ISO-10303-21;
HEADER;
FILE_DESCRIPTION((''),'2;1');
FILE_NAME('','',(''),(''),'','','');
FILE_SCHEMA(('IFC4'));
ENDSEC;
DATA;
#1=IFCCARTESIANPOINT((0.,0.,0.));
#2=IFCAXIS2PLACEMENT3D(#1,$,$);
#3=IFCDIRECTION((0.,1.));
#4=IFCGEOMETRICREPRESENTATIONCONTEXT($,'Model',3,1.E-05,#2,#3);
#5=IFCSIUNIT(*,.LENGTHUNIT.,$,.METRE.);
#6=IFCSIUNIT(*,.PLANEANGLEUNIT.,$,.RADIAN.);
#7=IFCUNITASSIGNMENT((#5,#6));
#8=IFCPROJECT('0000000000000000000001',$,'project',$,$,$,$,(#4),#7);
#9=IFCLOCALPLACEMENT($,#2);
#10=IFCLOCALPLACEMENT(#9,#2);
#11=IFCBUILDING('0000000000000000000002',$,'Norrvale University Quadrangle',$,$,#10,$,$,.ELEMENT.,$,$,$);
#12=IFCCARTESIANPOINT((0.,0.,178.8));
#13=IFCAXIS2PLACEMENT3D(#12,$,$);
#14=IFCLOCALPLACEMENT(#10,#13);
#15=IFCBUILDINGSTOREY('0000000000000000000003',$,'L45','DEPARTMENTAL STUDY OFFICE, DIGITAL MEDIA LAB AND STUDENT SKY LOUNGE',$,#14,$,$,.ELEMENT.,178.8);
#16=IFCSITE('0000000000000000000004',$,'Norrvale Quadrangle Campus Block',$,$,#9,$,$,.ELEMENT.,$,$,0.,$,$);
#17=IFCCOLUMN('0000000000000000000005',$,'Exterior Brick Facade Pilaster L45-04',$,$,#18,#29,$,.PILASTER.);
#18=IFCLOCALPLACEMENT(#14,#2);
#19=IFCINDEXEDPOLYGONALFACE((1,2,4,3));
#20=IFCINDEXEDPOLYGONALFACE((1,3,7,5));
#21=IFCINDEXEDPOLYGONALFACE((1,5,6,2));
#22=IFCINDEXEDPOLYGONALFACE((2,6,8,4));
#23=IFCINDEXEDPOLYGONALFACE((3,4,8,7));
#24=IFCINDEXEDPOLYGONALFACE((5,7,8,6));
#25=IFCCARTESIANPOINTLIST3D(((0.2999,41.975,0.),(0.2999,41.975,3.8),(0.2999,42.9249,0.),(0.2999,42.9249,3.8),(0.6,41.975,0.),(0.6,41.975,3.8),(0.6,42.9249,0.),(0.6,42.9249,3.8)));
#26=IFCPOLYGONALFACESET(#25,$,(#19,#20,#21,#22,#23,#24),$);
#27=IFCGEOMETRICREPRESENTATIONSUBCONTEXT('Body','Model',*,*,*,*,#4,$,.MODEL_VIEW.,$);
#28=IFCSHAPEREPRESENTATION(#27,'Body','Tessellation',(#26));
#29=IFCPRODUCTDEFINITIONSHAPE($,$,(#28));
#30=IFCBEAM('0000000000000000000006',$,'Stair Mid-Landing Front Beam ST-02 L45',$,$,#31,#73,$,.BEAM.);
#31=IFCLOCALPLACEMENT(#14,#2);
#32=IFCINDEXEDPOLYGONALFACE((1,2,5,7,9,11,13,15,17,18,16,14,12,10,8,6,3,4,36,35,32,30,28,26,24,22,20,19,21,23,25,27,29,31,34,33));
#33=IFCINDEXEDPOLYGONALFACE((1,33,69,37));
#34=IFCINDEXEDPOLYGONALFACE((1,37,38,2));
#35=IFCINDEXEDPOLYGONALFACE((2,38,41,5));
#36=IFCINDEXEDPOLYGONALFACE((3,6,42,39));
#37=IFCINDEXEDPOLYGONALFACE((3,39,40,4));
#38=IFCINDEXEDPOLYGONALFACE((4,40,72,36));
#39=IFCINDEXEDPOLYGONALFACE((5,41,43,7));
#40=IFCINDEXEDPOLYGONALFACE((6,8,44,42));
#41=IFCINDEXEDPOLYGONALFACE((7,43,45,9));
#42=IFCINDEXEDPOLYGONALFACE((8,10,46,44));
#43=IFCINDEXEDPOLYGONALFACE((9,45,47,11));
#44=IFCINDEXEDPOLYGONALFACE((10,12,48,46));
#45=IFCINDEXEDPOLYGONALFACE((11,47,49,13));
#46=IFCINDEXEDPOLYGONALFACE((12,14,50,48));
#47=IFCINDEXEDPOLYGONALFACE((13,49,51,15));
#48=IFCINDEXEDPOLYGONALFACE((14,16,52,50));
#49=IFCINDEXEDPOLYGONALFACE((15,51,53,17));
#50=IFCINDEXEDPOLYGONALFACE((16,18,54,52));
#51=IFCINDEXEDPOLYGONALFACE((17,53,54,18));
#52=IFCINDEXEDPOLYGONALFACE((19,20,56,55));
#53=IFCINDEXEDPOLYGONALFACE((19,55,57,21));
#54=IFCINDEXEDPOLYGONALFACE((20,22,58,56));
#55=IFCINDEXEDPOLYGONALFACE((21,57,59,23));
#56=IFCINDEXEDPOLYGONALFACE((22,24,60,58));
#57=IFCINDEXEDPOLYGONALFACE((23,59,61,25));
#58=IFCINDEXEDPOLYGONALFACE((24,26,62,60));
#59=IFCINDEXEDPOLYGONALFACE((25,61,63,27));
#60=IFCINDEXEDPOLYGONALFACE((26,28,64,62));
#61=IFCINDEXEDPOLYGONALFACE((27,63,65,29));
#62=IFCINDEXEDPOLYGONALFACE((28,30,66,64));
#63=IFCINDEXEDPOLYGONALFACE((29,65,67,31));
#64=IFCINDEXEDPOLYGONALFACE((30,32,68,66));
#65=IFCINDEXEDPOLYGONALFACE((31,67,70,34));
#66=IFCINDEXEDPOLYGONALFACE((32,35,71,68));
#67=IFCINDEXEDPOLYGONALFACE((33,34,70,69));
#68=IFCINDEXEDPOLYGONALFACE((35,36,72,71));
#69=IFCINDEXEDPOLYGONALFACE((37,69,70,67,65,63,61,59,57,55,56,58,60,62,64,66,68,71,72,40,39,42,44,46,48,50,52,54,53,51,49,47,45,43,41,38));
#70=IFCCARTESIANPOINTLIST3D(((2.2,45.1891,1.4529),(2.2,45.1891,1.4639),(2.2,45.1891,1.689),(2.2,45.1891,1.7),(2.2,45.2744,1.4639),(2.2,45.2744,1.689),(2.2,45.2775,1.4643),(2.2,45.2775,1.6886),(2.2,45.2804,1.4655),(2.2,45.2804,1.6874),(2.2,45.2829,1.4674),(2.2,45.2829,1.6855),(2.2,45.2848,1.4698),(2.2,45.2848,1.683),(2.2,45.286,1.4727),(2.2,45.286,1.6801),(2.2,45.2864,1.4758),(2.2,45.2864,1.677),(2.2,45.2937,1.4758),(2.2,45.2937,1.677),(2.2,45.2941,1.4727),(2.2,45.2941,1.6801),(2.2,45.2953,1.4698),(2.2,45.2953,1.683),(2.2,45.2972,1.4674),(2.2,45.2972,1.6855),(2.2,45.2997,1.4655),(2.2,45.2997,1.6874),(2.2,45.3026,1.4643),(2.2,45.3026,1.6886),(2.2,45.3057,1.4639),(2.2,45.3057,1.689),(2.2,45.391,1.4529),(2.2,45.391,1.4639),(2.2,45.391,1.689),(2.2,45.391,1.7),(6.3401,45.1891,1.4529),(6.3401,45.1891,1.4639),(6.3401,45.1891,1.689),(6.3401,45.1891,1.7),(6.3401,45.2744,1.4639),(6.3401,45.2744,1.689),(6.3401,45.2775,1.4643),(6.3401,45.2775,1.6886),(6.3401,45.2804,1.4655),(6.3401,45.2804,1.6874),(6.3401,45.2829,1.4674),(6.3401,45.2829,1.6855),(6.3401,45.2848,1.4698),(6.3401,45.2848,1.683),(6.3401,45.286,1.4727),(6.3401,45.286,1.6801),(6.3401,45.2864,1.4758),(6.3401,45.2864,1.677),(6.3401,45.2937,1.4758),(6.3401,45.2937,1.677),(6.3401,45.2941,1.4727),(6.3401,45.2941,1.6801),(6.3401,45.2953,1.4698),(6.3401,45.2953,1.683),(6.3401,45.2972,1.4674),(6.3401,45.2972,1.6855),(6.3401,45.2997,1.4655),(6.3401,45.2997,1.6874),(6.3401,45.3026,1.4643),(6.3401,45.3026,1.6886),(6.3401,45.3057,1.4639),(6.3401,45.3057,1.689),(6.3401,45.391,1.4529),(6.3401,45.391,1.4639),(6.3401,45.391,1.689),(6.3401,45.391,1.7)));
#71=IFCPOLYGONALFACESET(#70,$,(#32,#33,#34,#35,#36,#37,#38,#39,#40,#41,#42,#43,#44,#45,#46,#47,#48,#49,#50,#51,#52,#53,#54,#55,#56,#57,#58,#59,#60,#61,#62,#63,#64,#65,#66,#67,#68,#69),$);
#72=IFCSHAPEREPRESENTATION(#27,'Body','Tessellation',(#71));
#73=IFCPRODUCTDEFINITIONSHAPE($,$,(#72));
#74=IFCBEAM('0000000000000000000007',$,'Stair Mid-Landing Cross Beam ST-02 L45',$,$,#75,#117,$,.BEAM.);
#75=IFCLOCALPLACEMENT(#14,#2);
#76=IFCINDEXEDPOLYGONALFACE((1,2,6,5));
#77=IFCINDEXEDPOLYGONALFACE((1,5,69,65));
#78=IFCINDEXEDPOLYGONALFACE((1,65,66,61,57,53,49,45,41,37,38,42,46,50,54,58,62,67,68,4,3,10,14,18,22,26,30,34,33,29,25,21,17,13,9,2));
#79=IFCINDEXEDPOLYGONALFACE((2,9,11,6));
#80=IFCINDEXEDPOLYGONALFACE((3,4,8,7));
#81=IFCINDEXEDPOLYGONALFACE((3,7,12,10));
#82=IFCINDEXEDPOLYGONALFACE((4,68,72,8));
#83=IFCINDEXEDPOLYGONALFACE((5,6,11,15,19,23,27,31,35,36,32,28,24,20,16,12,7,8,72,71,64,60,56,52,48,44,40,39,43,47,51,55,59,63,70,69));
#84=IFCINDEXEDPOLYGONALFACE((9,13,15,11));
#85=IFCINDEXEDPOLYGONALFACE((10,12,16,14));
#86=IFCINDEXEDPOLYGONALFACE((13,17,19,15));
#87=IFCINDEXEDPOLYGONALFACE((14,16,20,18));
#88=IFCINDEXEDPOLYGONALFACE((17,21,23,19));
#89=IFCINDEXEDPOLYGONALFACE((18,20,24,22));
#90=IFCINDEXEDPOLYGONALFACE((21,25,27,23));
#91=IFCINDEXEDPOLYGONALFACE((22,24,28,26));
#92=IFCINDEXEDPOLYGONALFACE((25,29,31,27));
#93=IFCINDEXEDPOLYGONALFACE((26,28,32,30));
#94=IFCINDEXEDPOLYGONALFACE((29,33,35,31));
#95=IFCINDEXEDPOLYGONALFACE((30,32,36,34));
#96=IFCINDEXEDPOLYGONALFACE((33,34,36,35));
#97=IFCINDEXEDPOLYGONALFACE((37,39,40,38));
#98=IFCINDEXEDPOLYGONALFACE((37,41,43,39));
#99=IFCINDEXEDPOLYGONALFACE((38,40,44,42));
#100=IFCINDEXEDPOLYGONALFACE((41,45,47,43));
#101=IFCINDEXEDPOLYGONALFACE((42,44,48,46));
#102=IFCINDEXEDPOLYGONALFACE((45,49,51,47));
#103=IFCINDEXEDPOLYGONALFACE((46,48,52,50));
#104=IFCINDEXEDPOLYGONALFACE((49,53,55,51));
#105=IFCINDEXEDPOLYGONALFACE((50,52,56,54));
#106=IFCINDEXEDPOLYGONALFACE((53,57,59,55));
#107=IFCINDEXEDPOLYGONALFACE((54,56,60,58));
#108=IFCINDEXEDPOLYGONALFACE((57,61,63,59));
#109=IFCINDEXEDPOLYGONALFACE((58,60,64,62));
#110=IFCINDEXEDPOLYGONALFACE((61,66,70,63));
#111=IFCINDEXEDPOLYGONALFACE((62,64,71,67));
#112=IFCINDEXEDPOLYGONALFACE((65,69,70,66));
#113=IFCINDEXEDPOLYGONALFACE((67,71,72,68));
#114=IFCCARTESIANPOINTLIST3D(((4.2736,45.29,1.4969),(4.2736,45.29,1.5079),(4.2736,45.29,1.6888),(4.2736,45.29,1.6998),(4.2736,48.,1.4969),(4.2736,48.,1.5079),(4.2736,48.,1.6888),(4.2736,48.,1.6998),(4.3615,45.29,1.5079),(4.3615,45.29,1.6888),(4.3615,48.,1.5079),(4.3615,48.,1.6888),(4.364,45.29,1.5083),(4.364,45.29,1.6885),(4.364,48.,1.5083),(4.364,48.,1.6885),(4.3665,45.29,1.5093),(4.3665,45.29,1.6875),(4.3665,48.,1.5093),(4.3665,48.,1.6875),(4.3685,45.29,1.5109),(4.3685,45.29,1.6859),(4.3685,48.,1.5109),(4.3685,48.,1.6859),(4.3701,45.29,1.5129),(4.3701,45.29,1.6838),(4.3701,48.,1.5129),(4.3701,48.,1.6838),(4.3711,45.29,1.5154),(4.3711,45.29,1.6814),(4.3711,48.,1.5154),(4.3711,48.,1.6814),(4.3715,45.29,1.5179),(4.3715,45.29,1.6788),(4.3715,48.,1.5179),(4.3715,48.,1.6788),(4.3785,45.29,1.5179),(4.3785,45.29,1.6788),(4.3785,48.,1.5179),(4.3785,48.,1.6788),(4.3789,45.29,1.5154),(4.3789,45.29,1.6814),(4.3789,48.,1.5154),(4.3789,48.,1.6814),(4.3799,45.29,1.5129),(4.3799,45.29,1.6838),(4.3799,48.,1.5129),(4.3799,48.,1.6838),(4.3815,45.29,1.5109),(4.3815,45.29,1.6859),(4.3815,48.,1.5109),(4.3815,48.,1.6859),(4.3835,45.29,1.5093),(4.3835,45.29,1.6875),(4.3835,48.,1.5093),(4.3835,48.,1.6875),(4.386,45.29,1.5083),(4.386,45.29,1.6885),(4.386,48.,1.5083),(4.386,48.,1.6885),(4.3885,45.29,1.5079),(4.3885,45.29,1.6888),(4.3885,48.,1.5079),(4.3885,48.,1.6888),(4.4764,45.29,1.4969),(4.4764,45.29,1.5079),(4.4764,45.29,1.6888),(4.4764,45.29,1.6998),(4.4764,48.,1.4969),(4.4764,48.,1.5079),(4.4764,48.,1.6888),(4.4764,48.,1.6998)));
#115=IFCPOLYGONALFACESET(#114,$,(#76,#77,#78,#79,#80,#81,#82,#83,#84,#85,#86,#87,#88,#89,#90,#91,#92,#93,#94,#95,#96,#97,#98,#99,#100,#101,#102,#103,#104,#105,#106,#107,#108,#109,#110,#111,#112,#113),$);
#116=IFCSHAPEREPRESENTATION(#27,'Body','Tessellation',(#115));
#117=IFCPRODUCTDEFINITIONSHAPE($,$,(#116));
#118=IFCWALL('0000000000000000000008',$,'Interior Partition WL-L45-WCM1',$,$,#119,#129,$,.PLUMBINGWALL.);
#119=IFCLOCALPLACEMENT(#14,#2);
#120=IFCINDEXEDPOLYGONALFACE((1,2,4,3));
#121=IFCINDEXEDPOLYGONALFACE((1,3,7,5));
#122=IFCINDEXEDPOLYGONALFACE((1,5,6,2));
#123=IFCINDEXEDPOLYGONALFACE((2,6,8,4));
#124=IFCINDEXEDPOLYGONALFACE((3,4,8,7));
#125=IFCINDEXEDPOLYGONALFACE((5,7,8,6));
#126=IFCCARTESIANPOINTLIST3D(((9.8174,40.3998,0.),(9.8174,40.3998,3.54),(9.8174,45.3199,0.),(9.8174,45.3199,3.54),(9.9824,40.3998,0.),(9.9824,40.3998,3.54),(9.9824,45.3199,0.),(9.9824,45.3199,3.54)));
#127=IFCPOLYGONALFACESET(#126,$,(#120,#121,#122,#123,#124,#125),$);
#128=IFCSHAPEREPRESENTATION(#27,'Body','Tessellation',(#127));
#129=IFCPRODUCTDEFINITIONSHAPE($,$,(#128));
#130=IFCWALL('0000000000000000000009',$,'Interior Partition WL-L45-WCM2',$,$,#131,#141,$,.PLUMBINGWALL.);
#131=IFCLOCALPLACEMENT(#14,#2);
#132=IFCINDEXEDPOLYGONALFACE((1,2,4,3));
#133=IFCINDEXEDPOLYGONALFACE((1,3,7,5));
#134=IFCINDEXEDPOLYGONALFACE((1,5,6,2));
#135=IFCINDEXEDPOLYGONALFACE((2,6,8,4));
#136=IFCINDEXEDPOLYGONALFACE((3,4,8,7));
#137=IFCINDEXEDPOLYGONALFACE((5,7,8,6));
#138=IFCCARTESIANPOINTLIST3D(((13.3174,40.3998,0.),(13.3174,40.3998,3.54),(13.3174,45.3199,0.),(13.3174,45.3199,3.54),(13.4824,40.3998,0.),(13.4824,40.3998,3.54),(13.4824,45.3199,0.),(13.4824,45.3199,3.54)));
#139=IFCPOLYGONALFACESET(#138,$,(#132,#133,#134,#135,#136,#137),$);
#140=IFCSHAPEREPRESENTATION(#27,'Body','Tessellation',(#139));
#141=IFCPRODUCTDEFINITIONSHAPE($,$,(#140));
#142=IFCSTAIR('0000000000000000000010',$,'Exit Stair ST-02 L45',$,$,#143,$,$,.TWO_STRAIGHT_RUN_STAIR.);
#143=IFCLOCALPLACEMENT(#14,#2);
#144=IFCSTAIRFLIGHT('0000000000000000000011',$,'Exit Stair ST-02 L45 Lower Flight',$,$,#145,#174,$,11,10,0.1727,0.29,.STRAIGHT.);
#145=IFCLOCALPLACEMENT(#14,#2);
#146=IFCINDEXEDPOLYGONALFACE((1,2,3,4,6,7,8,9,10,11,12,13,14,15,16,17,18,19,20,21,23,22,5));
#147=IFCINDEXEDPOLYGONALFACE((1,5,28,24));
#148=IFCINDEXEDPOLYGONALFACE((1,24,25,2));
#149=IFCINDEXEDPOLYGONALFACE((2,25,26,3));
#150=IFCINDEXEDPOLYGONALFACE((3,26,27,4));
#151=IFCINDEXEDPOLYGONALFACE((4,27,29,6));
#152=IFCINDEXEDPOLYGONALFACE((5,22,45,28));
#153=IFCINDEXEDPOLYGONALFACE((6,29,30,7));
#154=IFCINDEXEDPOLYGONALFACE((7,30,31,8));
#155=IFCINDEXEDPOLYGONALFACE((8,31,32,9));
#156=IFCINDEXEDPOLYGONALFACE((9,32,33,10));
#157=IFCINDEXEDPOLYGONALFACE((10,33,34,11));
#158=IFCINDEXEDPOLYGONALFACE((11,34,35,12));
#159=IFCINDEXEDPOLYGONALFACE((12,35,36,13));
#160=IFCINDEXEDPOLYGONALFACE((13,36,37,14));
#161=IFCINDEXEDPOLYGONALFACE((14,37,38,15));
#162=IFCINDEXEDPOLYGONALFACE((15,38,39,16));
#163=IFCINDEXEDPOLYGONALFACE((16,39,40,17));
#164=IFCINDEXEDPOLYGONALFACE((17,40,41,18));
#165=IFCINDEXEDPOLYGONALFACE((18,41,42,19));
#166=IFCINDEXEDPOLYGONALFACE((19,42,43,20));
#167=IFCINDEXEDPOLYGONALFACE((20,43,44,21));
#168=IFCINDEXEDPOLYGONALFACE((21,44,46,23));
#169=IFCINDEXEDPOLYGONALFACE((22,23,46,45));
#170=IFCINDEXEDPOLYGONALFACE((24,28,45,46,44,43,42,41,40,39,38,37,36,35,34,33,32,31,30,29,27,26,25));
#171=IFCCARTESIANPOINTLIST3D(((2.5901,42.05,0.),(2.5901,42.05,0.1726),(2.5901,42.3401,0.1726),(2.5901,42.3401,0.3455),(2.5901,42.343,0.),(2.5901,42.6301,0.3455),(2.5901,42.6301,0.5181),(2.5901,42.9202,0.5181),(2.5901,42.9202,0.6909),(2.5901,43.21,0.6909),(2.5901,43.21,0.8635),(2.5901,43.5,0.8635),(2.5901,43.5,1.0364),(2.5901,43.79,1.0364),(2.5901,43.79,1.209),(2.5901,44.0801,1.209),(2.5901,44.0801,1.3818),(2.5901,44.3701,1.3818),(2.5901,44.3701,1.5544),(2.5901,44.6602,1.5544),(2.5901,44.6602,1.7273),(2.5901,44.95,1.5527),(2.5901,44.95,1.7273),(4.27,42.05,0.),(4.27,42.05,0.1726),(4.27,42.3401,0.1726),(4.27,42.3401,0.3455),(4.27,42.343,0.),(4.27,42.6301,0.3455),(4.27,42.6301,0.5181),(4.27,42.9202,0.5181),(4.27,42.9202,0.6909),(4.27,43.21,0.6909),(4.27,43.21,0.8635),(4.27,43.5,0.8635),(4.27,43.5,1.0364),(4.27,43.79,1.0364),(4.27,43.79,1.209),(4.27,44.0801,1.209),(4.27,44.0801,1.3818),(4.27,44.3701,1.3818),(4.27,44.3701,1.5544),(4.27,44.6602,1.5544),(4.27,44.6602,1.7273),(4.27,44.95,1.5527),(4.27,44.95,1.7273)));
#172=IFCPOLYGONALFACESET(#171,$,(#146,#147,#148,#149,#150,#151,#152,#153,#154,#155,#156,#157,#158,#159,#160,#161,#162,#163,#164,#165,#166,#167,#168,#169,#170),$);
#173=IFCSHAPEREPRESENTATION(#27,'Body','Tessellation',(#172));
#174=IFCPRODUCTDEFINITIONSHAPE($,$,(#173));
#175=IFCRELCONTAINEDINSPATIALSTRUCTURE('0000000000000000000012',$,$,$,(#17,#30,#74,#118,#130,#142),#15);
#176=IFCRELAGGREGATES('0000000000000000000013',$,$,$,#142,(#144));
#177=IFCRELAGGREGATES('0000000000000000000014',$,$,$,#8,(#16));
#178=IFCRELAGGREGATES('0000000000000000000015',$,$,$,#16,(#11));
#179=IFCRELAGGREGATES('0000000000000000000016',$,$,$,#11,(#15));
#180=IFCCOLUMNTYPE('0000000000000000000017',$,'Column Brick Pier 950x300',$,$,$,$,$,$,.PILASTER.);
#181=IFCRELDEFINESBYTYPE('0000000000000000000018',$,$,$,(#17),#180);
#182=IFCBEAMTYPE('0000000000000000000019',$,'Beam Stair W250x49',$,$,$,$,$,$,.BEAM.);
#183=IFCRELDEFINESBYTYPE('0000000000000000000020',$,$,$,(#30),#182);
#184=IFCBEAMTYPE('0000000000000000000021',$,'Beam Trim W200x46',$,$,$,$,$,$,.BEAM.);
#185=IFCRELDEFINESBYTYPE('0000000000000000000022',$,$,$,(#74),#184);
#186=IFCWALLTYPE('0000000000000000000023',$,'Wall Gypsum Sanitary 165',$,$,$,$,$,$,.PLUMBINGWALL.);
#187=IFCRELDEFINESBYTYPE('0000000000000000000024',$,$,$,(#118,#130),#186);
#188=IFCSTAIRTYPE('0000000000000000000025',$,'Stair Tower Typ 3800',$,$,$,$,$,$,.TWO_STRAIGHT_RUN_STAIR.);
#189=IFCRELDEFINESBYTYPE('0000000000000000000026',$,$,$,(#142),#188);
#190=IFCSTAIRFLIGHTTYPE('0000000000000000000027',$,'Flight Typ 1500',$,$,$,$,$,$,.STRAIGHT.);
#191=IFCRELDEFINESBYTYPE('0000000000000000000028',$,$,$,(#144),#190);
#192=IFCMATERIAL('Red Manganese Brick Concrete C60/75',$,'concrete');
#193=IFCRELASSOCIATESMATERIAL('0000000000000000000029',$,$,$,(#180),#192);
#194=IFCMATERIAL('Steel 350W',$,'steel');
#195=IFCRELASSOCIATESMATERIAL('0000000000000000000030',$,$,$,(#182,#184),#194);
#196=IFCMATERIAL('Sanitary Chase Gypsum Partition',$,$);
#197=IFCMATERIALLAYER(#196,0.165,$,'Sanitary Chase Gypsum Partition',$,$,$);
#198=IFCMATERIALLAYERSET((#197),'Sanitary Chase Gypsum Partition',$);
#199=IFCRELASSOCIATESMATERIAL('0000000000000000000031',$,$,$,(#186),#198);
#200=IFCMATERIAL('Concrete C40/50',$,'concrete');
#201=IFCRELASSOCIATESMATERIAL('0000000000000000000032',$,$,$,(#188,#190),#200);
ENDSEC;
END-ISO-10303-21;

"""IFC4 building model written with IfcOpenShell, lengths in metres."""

from ifc_helpers import new_model, si_unit, direction, frame, frame_2d, origin, origin_2d, place, context, subcontext, project, spatial, polyline, rectangle, i_section, outline, extrude, material, layer, layer_set, material_profile, profile_set, type_object, element, aggregate, save


model = new_model("IFC4")

# Units and contexts
model_context = context("Model", 3, precision=1e-05, world=origin(), true_north=direction((0.0, 1.0)))
body_context = subcontext(model_context, "Body", "Model", "MODEL_VIEW")
ifc_project = project(units=[si_unit("LENGTHUNIT", "METRE"), si_unit("PLANEANGLEUNIT", "RADIAN")], contexts=[model_context])

# Site, building, storey
site_placement = place(None, origin())
site = spatial("IfcSite", under=ifc_project, at=site_placement, Name="Norrvale Quadrangle Campus Block", CompositionType="ELEMENT", RefElevation=0.0)
building_placement = place(site_placement, origin())
building = spatial("IfcBuilding", under=site, at=building_placement, Name="Norrvale University Quadrangle", CompositionType="ELEMENT")
storey_placement = place(building_placement, frame((0.0, 0.0, 178.8)))
storey = spatial("IfcBuildingStorey", under=building, at=storey_placement, Name="L45", Description="DEPARTMENTAL STUDY OFFICE, DIGITAL MEDIA LAB AND STUDENT SKY LOUNGE", CompositionType="ELEMENT", Elevation=178.8)

# Column
ifc_material_1 = material(Name="Red Manganese Brick Concrete C60/75", Category="concrete")
ifc_material_profile_1 = material_profile(ifc_material_1, rectangle(XDim=0.95, YDim=0.3, at=origin_2d()), Name="Red Manganese Brick Concrete C60/75")
ifc_profile_set_1 = profile_set([ifc_material_profile_1], Name="Red Manganese Brick Concrete C60/75")
column_type = type_object("IfcColumnType", Name="Column Brick Pier 950x300", PredefinedType="PILASTER", material=ifc_profile_set_1)
column_placement = place(storey_placement, frame((0.45, 42.45, 0.0), z_axis=(0.0, 0.0, 1.0), x_axis=(0.0, 1.0, 0.0)))
element("IfcColumn", 1, at=column_placement, inside=storey, type_object=column_type, Name="Exterior Brick Facade Pilaster L45-04", PredefinedType="PILASTER", context=body_context, shape_type="SweptSolid", body=[
    extrude(rectangle(XDim=0.95, YDim=0.3, at=origin_2d()), origin(), (0.0, 0.0, 1.0), 3.8),
])

# Beams
ifc_material_2 = material(Name="Steel 350W", Category="steel")
ifc_material_profile_2 = material_profile(ifc_material_2, i_section(OverallWidth=0.2019, OverallDepth=0.2471, WebThickness=0.0073, FlangeThickness=0.011, FilletRadius=0.012, at=origin_2d()), Name="Steel 350W")
ifc_profile_set_2 = profile_set([ifc_material_profile_2], Name="Steel 350W")
beam_type_1 = type_object("IfcBeamType", Name="Beam Stair W250x49", PredefinedType="BEAM", material=ifc_profile_set_2)
beam_1_placement = place(storey_placement, frame((2.2, 45.29, 1.5764), z_axis=(1.0, 0.0, 0.0), x_axis=(0.0, 1.0, 0.0)))
element("IfcBeam", 2, at=beam_1_placement, inside=storey, type_object=beam_type_1, Name="Stair Mid-Landing Front Beam ST-02 L45", PredefinedType="BEAM", context=body_context, shape_type="SweptSolid", body=[
    extrude(i_section(OverallWidth=0.2019, OverallDepth=0.2471, WebThickness=0.0073, FlangeThickness=0.011, FilletRadius=0.012, at=origin_2d()), origin(), (0.0, 0.0, 1.0), 4.1401),
])
ifc_material_profile_3 = material_profile(ifc_material_2, i_section(OverallWidth=0.2029, OverallDepth=0.2029, WebThickness=0.0071, FlangeThickness=0.011, FilletRadius=0.01, at=origin_2d()), Name="Steel 350W")
ifc_profile_set_3 = profile_set([ifc_material_profile_3], Name="Steel 350W")
beam_type_2 = type_object("IfcBeamType", Name="Beam Trim W200x46", PredefinedType="BEAM", material=ifc_profile_set_3)
beam_2_placement = place(storey_placement, frame((4.375, 45.29, 1.5984), z_axis=(0.0, 1.0, 0.0), x_axis=(-1.0, 0.0, 0.0)))
element("IfcBeam", 3, at=beam_2_placement, inside=storey, type_object=beam_type_2, Name="Stair Mid-Landing Cross Beam ST-02 L45", PredefinedType="BEAM", context=body_context, shape_type="SweptSolid", body=[
    extrude(i_section(OverallWidth=0.2029, OverallDepth=0.2029, WebThickness=0.0071, FlangeThickness=0.011, FilletRadius=0.01, at=origin_2d()), origin(), (0.0, 0.0, 1.0), 2.71),
])

# Shared definitions
ifc_material_3 = material(Name="Sanitary Chase Gypsum Partition")
ifc_layer = layer(ifc_material_3, 0.165, Name="Sanitary Chase Gypsum Partition")
ifc_layer_set = layer_set([ifc_layer], Name="Sanitary Chase Gypsum Partition")
wall_type = type_object("IfcWallType", Name="Wall Gypsum Sanitary 165", PredefinedType="PLUMBINGWALL", material=ifc_layer_set)

# Walls
for number, where, z_axis, x_axis, name in (
    (4, (9.8999, 40.3999, 0.0), (0.0, 0.0, 1.0), (0.0, 1.0, 0.0), "Interior Partition WL-L45-WCM1"),
    (5, (13.3999, 40.3999, 0.0), (0.0, 0.0, 1.0), (0.0, 1.0, 0.0), "Interior Partition WL-L45-WCM2"),
):
    element("IfcWall", number, at=place(storey_placement, frame(where, z_axis=z_axis, x_axis=x_axis)), inside=storey, type_object=wall_type, Name=name, PredefinedType="PLUMBINGWALL", context=body_context, shape_type="SweptSolid", body=[
        extrude(rectangle(XDim=4.9202, YDim=0.165, at=frame_2d((2.46, 0.0))), origin(), (0.0, 0.0, 1.0), 3.54),
    ])

# Stair, stair flight
ifc_material_4 = material(Name="Concrete C40/50", Category="concrete")
stair_type = type_object("IfcStairType", Name="Stair Tower Typ 3800", PredefinedType="TWO_STRAIGHT_RUN_STAIR", material=ifc_material_4)
stair_placement = place(storey_placement, origin())
stair = element("IfcStair", 6, at=stair_placement, inside=storey, type_object=stair_type, Name="Exit Stair ST-02 L45", PredefinedType="TWO_STRAIGHT_RUN_STAIR")
stair_flight_type = type_object("IfcStairFlightType", Name="Flight Typ 1500", PredefinedType="STRAIGHT", material=ifc_material_4)
stair_flight_1_placement = place(storey_placement, frame((3.4299, 42.05, 0.0), z_axis=(0.0, 0.0, 1.0), x_axis=(0.0, 1.0, 0.0)))
stair_flight_1 = element("IfcStairFlight", 7, at=stair_flight_1_placement, type_object=stair_flight_type, Name="Exit Stair ST-02 L45 Lower Flight", NumberOfRisers=11, NumberOfTreads=10, PredefinedType="STRAIGHT", RiserHeight=0.1727, TreadLength=0.29, context=body_context, shape_type="SweptSolid", body=[
    extrude(outline(polyline([(0.0, 0.0), (0.0, 0.1726), (0.29, 0.1726), (0.29, 0.3455), (0.5801, 0.3455), (0.5801, 0.5181), (0.8701, 0.5181), (0.8701, 0.6909), (1.1599, 0.6909), (1.1599, 0.8635), (1.45, 0.8635), (1.45, 1.0364), (1.74, 1.0364), (1.74, 1.209), (2.03, 1.209), (2.03, 1.3818), (2.3201, 1.3818), (2.3201, 1.5544), (2.6101, 1.5544), (2.6101, 1.7273), (2.8999, 1.7273), (2.8999, 1.8999), (2.8999, 1.5527), (0.293, 0.0), (0.0, 0.0)])), frame((0.0, 0.8398, 0.0), z_axis=(0.0, -1.0, 0.0), x_axis=(1.0, 0.0, 0.0)), (0.0, 0.0, 1.0), 1.6799),
])
aggregate(stair, [stair_flight_1])

save(model, "model.ifc")
